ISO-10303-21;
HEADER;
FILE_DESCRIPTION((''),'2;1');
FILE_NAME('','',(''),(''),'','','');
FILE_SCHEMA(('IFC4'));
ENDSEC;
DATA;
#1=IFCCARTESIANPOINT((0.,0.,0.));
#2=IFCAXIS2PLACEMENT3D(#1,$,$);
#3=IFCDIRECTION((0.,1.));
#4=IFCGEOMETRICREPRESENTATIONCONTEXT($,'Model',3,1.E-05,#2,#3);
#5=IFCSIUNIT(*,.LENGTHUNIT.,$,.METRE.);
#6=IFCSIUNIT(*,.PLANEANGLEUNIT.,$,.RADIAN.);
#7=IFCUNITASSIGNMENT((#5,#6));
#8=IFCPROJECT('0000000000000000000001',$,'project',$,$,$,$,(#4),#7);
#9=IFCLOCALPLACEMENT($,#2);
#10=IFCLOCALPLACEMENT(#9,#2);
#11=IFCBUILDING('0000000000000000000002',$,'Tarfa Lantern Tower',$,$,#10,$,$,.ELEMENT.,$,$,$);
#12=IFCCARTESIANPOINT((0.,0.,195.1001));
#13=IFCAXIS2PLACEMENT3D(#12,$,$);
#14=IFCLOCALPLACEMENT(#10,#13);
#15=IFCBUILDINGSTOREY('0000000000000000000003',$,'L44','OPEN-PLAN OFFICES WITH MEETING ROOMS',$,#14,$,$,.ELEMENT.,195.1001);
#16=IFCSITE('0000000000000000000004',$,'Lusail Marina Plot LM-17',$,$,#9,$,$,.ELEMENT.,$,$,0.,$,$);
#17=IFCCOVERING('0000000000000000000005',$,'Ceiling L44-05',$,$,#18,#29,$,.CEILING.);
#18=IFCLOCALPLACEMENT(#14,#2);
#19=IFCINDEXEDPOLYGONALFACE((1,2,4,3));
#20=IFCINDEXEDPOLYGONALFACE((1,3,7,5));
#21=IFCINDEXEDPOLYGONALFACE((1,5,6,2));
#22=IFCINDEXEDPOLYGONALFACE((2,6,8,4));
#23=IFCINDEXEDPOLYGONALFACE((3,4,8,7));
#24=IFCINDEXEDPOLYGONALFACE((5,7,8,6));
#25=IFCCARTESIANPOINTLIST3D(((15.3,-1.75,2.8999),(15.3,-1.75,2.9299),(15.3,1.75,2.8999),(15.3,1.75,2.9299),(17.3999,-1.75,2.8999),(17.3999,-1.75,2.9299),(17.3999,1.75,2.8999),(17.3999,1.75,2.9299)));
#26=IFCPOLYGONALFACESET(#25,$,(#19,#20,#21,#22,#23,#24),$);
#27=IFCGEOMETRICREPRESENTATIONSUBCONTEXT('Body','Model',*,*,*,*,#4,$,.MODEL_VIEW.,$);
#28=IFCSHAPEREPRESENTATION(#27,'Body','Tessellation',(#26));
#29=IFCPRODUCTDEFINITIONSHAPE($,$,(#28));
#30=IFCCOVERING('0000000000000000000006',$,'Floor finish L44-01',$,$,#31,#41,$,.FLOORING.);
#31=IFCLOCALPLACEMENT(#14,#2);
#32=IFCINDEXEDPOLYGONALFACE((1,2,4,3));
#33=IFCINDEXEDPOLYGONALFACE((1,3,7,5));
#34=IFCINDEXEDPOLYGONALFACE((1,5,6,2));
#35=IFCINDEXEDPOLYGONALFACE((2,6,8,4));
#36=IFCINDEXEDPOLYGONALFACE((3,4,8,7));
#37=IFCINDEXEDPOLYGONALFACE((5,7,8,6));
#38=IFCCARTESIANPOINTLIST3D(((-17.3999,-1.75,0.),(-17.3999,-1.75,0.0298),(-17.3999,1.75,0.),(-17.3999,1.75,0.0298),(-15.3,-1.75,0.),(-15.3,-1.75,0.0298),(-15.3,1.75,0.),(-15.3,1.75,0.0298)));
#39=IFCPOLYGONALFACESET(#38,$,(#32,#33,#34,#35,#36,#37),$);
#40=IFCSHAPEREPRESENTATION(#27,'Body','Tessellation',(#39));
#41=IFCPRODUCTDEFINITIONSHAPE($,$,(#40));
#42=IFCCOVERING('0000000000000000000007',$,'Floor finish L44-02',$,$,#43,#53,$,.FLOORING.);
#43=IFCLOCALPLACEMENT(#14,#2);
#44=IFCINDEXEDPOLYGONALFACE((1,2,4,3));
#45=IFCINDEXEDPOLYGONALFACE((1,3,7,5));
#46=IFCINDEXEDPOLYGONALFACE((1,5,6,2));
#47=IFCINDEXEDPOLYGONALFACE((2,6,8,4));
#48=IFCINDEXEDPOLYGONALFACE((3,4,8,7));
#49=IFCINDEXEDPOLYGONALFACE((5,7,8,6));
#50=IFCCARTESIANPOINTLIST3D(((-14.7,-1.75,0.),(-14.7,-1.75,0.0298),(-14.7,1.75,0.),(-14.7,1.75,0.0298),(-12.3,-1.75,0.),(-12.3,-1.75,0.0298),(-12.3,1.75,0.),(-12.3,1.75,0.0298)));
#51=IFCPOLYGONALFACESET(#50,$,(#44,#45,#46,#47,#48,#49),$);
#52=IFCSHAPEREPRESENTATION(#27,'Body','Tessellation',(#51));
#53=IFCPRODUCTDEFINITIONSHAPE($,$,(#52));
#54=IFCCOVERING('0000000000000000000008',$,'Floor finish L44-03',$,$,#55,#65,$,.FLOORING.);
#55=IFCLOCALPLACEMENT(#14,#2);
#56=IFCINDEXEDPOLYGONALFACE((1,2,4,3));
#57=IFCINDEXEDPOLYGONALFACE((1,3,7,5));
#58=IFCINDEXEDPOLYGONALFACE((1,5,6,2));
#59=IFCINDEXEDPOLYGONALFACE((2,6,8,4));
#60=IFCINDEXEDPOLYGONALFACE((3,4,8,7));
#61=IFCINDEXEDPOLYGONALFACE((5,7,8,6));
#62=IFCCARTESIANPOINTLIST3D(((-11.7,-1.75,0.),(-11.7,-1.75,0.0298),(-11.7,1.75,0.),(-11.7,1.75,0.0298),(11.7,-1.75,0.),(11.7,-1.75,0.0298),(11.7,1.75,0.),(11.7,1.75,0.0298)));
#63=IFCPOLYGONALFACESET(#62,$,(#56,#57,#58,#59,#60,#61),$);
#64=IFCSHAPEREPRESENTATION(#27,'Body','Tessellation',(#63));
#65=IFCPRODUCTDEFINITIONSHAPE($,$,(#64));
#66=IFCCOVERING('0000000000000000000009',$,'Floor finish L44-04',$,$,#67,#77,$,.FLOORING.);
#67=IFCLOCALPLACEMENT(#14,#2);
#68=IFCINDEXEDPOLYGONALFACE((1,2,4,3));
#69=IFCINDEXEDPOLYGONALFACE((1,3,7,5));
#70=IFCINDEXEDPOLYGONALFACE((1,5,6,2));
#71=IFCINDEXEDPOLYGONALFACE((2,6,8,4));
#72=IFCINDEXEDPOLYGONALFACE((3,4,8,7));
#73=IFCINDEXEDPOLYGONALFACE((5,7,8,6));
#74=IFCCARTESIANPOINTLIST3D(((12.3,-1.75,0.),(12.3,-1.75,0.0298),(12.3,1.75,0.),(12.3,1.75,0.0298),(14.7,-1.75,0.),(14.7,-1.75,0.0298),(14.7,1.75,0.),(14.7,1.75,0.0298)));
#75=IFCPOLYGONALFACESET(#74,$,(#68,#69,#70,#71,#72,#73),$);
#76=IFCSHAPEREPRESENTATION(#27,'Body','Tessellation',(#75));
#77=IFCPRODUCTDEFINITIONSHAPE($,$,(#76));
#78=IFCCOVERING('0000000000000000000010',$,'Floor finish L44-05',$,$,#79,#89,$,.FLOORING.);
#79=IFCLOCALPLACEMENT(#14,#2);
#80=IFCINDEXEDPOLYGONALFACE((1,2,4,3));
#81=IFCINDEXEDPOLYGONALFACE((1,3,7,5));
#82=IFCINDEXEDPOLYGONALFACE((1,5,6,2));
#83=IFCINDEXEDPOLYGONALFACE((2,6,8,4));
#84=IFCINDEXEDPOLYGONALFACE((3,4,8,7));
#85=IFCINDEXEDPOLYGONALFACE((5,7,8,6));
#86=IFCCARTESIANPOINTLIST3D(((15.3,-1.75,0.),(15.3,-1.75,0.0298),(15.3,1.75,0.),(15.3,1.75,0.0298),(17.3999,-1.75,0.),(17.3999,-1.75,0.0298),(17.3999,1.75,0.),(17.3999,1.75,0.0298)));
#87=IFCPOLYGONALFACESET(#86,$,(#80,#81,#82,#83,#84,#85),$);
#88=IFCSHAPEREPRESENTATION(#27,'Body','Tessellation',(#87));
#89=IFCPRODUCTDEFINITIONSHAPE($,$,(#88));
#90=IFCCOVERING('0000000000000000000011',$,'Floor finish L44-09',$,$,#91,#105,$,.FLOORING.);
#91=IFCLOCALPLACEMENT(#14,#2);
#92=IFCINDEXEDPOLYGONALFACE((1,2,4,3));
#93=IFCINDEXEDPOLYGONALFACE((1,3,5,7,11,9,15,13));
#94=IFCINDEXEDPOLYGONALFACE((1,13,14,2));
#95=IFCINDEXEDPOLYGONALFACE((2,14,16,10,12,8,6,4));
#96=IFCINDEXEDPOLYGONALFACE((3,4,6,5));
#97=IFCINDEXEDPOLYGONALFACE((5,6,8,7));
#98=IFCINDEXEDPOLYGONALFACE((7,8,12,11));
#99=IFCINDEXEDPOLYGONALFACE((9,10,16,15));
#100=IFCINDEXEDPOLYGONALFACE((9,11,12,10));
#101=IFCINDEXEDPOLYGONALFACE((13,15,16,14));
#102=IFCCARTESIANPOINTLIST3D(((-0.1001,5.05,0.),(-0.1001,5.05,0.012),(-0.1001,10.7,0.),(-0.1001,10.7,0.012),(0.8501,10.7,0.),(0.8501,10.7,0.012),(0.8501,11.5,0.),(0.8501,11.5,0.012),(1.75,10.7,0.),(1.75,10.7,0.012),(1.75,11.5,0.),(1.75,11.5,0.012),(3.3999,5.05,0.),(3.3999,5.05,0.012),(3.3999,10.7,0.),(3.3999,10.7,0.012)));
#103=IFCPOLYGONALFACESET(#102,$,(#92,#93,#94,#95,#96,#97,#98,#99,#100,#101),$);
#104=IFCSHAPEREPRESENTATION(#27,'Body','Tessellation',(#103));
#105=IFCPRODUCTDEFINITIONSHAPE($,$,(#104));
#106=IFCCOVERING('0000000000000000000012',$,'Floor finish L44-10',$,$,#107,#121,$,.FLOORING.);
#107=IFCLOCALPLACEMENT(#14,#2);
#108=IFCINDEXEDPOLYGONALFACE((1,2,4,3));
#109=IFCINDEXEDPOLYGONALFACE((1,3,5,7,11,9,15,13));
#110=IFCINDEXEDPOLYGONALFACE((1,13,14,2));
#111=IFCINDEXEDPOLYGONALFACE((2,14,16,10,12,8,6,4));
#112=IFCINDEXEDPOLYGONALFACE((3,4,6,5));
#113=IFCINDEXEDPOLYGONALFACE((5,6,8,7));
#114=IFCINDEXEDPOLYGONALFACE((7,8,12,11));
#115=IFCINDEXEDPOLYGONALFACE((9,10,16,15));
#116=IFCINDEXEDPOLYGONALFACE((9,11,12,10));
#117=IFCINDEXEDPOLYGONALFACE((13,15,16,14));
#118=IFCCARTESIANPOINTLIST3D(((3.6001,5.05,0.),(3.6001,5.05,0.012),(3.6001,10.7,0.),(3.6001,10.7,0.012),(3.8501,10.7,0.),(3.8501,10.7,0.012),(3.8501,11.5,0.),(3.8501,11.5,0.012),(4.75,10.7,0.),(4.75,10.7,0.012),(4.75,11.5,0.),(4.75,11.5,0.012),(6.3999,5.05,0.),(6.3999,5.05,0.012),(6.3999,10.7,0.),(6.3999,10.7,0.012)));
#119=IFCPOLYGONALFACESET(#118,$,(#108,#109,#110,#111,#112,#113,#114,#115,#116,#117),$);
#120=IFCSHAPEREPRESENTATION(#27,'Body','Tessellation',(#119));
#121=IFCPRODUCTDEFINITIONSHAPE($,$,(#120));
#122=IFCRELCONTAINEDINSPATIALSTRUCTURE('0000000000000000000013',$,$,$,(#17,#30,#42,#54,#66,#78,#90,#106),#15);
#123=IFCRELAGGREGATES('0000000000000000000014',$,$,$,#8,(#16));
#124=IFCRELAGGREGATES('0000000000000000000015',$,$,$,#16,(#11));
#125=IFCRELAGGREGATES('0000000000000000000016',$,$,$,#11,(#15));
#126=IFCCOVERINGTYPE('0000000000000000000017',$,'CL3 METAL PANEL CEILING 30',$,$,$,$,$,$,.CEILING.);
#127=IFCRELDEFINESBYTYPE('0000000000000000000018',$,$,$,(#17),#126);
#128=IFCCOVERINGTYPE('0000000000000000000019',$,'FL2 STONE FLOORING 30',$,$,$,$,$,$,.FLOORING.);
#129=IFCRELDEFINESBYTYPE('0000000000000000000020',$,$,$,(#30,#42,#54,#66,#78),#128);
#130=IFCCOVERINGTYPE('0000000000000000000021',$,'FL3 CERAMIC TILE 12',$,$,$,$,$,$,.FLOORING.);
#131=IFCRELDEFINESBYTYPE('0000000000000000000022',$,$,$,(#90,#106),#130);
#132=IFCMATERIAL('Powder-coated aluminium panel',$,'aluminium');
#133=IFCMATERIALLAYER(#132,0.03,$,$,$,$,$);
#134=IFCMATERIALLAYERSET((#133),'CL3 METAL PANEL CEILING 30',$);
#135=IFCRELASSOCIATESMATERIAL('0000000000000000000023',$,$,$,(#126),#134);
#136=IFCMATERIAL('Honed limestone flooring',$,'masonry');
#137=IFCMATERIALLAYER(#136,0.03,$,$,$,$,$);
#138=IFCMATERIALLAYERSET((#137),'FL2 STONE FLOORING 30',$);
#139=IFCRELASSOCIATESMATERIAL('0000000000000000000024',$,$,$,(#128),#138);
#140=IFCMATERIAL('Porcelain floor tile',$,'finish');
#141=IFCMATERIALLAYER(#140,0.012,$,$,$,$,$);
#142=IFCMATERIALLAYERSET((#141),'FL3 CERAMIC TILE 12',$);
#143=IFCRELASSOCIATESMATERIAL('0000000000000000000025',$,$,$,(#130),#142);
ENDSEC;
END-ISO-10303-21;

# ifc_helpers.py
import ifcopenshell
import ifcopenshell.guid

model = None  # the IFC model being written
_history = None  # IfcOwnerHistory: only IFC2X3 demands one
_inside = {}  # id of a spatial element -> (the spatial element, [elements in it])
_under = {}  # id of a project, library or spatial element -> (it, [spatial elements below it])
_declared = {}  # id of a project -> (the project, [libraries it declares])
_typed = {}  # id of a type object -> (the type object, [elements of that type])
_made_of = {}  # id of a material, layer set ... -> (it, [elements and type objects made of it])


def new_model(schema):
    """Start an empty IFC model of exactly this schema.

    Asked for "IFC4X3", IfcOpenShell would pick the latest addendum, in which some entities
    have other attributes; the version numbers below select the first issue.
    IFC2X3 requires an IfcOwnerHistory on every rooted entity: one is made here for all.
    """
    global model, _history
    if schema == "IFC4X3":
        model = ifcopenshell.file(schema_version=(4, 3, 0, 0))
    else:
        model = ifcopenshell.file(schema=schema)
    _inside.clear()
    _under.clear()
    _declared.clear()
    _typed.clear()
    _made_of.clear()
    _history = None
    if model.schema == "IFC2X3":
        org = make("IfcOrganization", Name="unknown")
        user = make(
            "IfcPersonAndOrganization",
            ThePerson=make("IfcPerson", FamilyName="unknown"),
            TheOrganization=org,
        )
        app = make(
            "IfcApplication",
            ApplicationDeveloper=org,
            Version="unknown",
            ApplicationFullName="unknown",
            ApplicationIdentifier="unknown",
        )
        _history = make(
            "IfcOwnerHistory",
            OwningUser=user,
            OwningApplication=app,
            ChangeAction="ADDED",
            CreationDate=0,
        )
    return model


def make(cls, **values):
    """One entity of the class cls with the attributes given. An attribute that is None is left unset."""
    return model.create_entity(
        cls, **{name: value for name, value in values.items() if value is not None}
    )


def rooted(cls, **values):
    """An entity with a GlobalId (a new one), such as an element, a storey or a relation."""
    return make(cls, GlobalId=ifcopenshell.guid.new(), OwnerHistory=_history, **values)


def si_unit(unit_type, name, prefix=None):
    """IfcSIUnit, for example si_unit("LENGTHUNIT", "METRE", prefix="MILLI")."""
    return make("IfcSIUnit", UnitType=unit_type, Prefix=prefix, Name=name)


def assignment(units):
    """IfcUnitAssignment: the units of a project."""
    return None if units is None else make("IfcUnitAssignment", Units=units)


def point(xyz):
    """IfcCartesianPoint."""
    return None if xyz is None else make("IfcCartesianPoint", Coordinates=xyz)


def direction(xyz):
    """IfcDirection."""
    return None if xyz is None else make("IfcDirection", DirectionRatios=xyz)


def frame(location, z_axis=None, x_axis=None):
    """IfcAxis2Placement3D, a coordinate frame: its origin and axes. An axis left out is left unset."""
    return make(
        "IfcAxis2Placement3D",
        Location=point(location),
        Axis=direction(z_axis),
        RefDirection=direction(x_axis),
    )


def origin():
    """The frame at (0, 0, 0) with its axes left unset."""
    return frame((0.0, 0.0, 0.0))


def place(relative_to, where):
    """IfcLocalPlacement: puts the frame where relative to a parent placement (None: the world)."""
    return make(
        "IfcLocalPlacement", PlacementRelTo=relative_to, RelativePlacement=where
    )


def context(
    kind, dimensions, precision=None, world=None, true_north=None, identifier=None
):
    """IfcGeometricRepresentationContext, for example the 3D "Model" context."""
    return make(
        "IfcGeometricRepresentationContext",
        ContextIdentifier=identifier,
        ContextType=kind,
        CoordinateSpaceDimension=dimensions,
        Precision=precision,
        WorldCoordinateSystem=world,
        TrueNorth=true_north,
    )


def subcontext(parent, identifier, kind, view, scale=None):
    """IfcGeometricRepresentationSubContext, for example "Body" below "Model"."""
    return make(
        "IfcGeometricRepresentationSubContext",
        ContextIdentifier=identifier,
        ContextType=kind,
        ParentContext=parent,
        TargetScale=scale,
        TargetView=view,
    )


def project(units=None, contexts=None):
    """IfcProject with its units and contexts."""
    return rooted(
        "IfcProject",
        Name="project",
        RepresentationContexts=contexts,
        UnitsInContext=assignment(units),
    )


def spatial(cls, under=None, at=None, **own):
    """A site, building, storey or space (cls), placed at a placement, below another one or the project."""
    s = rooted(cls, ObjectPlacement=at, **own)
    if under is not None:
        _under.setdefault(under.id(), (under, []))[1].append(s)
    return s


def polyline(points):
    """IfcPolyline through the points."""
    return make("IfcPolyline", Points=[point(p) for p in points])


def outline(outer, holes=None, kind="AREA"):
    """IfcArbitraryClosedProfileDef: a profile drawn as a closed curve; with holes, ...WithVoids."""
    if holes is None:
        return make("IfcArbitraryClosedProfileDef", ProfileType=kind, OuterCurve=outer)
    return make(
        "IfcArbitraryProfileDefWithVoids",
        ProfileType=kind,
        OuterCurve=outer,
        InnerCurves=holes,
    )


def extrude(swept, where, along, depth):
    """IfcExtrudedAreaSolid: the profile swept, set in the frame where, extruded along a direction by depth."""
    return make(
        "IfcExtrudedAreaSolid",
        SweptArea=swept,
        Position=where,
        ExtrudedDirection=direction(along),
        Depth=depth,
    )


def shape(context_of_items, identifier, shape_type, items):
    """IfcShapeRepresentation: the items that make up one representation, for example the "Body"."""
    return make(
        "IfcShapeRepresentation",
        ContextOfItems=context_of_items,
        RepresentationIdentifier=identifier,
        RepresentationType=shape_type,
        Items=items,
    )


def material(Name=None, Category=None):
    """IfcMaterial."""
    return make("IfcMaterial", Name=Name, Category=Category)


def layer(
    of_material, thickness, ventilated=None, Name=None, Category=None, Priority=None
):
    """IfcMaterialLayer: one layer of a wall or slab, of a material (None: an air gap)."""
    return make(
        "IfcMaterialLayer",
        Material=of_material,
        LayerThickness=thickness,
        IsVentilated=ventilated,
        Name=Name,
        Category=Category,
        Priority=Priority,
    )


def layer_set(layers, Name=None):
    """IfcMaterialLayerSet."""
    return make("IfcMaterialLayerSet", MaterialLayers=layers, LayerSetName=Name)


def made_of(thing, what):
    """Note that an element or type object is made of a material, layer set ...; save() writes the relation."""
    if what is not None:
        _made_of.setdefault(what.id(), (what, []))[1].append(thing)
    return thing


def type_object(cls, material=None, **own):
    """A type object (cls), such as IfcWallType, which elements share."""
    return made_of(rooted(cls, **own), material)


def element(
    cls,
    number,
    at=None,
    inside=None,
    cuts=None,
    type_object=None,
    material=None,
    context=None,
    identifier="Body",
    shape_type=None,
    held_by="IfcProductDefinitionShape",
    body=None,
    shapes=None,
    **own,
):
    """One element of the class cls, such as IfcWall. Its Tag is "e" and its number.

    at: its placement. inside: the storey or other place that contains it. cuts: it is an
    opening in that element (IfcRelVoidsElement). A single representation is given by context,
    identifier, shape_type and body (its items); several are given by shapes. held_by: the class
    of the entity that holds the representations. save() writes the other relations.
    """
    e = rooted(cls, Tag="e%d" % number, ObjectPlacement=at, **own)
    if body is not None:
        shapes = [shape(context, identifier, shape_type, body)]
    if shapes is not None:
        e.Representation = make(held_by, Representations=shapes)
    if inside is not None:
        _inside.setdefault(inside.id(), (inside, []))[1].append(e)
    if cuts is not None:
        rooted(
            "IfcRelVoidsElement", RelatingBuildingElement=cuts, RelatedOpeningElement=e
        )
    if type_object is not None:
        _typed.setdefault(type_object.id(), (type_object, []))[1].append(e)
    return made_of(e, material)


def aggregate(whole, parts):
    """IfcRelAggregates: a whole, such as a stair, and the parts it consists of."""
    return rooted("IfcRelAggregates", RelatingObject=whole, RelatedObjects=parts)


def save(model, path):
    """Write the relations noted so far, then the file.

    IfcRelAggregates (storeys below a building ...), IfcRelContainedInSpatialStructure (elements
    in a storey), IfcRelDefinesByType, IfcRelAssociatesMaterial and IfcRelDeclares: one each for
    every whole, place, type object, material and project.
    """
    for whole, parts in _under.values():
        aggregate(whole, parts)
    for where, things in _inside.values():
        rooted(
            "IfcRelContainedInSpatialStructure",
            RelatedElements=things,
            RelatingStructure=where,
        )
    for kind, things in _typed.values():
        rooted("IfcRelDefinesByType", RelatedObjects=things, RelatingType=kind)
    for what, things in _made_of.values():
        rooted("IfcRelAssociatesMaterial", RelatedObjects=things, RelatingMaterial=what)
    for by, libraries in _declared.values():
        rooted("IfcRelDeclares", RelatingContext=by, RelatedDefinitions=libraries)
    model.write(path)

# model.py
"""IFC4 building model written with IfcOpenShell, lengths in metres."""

from ifc_helpers import new_model, si_unit, direction, frame, origin, place, context, subcontext, project, spatial, polyline, outline, extrude, material, layer, layer_set, type_object, element, save


model = new_model("IFC4")

# Units and contexts
model_context = context("Model", 3, precision=1e-05, world=origin(), true_north=direction((0.0, 1.0)))
body_context = subcontext(model_context, "Body", "Model", "MODEL_VIEW")
ifc_project = project(units=[si_unit("LENGTHUNIT", "METRE"), si_unit("PLANEANGLEUNIT", "RADIAN")], contexts=[model_context])

# Site, building, storey
site_placement = place(None, origin())
site = spatial("IfcSite", under=ifc_project, at=site_placement, Name="Lusail Marina Plot LM-17", CompositionType="ELEMENT", RefElevation=0.0)
building_placement = place(site_placement, origin())
building = spatial("IfcBuilding", under=site, at=building_placement, Name="Tarfa Lantern Tower", CompositionType="ELEMENT")
storey_placement = place(building_placement, frame((0.0, 0.0, 195.1001)))
storey = spatial("IfcBuildingStorey", under=building, at=storey_placement, Name="L44", Description="OPEN-PLAN OFFICES WITH MEETING ROOMS", CompositionType="ELEMENT", Elevation=195.1001)

# Coverings
ifc_material_1 = material(Name="Powder-coated aluminium panel", Category="aluminium")
ifc_layer_1 = layer(ifc_material_1, 0.03)
ifc_layer_set_1 = layer_set([ifc_layer_1], Name="CL3 METAL PANEL CEILING 30")
covering_type_1 = type_object("IfcCoveringType", Name="CL3 METAL PANEL CEILING 30", PredefinedType="CEILING", material=ifc_layer_set_1)
covering_1_placement = place(storey_placement, frame((0.0, 0.0, 2.8999)))
element("IfcCovering", 1, at=covering_1_placement, inside=storey, type_object=covering_type_1, Name="Ceiling L44-05", PredefinedType="CEILING", context=body_context, shape_type="SweptSolid", body=[
    extrude(outline(polyline([(15.3, -1.75), (17.3999, -1.75), (17.3999, 1.75), (15.3, 1.75), (15.3, -1.75)])), origin(), (0.0, 0.0, 1.0), 0.03),
])
ifc_material_2 = material(Name="Honed limestone flooring", Category="masonry")
ifc_layer_2 = layer(ifc_material_2, 0.03)
ifc_layer_set_2 = layer_set([ifc_layer_2], Name="FL2 STONE FLOORING 30")
covering_type_2 = type_object("IfcCoveringType", Name="FL2 STONE FLOORING 30", PredefinedType="FLOORING", material=ifc_layer_set_2)
covering_2_placement = place(storey_placement, origin())
element("IfcCovering", 2, at=covering_2_placement, inside=storey, type_object=covering_type_2, Name="Floor finish L44-01", PredefinedType="FLOORING", context=body_context, shape_type="SweptSolid", body=[
    extrude(outline(polyline([(-17.3999, -1.75), (-15.3, -1.75), (-15.3, 1.75), (-17.3999, 1.75), (-17.3999, -1.75)])), origin(), (0.0, 0.0, 1.0), 0.0298),
])
covering_3_placement = place(storey_placement, origin())
element("IfcCovering", 3, at=covering_3_placement, inside=storey, type_object=covering_type_2, Name="Floor finish L44-02", PredefinedType="FLOORING", context=body_context, shape_type="SweptSolid", body=[
    extrude(outline(polyline([(-14.7, -1.75), (-12.3, -1.75), (-12.3, 1.75), (-14.7, 1.75), (-14.7, -1.75)])), origin(), (0.0, 0.0, 1.0), 0.0298),
])
covering_4_placement = place(storey_placement, origin())
element("IfcCovering", 4, at=covering_4_placement, inside=storey, type_object=covering_type_2, Name="Floor finish L44-03", PredefinedType="FLOORING", context=body_context, shape_type="SweptSolid", body=[
    extrude(outline(polyline([(-11.7, -1.75), (11.7, -1.75), (11.7, 1.75), (-11.7, 1.75), (-11.7, -1.75)])), origin(), (0.0, 0.0, 1.0), 0.0298),
])
covering_5_placement = place(storey_placement, origin())
element("IfcCovering", 5, at=covering_5_placement, inside=storey, type_object=covering_type_2, Name="Floor finish L44-04", PredefinedType="FLOORING", context=body_context, shape_type="SweptSolid", body=[
    extrude(outline(polyline([(12.3, -1.75), (14.7, -1.75), (14.7, 1.75), (12.3, 1.75), (12.3, -1.75)])), origin(), (0.0, 0.0, 1.0), 0.0298),
])
covering_6_placement = place(storey_placement, origin())
element("IfcCovering", 6, at=covering_6_placement, inside=storey, type_object=covering_type_2, Name="Floor finish L44-05", PredefinedType="FLOORING", context=body_context, shape_type="SweptSolid", body=[
    extrude(outline(polyline([(15.3, -1.75), (17.3999, -1.75), (17.3999, 1.75), (15.3, 1.75), (15.3, -1.75)])), origin(), (0.0, 0.0, 1.0), 0.0298),
])
ifc_material_3 = material(Name="Porcelain floor tile", Category="finish")
ifc_layer_3 = layer(ifc_material_3, 0.012)
ifc_layer_set_3 = layer_set([ifc_layer_3], Name="FL3 CERAMIC TILE 12")
covering_type_3 = type_object("IfcCoveringType", Name="FL3 CERAMIC TILE 12", PredefinedType="FLOORING", material=ifc_layer_set_3)
covering_7_placement = place(storey_placement, origin())
element("IfcCovering", 7, at=covering_7_placement, inside=storey, type_object=covering_type_3, Name="Floor finish L44-09", PredefinedType="FLOORING", context=body_context, shape_type="SweptSolid", body=[
    extrude(outline(polyline([(0.8501, 10.7), (-0.1001, 10.7), (-0.1001, 5.05), (3.3999, 5.05), (3.3999, 10.7), (1.75, 10.7), (1.75, 11.5), (0.8501, 11.5), (0.8501, 11.5), (0.8501, 10.7)])), origin(), (0.0, 0.0, 1.0), 0.012),
])
covering_8_placement = place(storey_placement, origin())
element("IfcCovering", 8, at=covering_8_placement, inside=storey, type_object=covering_type_3, Name="Floor finish L44-10", PredefinedType="FLOORING", context=body_context, shape_type="SweptSolid", body=[
    extrude(outline(polyline([(3.6001, 5.05), (6.3999, 5.05), (6.3999, 10.7), (4.75, 10.7), (4.75, 11.5), (3.8501, 11.5), (3.8501, 10.7), (3.6001, 10.7), (3.6001, 5.05)])), origin(), (0.0, 0.0, 1.0), 0.012),
])

save(model, "model.ifc")
